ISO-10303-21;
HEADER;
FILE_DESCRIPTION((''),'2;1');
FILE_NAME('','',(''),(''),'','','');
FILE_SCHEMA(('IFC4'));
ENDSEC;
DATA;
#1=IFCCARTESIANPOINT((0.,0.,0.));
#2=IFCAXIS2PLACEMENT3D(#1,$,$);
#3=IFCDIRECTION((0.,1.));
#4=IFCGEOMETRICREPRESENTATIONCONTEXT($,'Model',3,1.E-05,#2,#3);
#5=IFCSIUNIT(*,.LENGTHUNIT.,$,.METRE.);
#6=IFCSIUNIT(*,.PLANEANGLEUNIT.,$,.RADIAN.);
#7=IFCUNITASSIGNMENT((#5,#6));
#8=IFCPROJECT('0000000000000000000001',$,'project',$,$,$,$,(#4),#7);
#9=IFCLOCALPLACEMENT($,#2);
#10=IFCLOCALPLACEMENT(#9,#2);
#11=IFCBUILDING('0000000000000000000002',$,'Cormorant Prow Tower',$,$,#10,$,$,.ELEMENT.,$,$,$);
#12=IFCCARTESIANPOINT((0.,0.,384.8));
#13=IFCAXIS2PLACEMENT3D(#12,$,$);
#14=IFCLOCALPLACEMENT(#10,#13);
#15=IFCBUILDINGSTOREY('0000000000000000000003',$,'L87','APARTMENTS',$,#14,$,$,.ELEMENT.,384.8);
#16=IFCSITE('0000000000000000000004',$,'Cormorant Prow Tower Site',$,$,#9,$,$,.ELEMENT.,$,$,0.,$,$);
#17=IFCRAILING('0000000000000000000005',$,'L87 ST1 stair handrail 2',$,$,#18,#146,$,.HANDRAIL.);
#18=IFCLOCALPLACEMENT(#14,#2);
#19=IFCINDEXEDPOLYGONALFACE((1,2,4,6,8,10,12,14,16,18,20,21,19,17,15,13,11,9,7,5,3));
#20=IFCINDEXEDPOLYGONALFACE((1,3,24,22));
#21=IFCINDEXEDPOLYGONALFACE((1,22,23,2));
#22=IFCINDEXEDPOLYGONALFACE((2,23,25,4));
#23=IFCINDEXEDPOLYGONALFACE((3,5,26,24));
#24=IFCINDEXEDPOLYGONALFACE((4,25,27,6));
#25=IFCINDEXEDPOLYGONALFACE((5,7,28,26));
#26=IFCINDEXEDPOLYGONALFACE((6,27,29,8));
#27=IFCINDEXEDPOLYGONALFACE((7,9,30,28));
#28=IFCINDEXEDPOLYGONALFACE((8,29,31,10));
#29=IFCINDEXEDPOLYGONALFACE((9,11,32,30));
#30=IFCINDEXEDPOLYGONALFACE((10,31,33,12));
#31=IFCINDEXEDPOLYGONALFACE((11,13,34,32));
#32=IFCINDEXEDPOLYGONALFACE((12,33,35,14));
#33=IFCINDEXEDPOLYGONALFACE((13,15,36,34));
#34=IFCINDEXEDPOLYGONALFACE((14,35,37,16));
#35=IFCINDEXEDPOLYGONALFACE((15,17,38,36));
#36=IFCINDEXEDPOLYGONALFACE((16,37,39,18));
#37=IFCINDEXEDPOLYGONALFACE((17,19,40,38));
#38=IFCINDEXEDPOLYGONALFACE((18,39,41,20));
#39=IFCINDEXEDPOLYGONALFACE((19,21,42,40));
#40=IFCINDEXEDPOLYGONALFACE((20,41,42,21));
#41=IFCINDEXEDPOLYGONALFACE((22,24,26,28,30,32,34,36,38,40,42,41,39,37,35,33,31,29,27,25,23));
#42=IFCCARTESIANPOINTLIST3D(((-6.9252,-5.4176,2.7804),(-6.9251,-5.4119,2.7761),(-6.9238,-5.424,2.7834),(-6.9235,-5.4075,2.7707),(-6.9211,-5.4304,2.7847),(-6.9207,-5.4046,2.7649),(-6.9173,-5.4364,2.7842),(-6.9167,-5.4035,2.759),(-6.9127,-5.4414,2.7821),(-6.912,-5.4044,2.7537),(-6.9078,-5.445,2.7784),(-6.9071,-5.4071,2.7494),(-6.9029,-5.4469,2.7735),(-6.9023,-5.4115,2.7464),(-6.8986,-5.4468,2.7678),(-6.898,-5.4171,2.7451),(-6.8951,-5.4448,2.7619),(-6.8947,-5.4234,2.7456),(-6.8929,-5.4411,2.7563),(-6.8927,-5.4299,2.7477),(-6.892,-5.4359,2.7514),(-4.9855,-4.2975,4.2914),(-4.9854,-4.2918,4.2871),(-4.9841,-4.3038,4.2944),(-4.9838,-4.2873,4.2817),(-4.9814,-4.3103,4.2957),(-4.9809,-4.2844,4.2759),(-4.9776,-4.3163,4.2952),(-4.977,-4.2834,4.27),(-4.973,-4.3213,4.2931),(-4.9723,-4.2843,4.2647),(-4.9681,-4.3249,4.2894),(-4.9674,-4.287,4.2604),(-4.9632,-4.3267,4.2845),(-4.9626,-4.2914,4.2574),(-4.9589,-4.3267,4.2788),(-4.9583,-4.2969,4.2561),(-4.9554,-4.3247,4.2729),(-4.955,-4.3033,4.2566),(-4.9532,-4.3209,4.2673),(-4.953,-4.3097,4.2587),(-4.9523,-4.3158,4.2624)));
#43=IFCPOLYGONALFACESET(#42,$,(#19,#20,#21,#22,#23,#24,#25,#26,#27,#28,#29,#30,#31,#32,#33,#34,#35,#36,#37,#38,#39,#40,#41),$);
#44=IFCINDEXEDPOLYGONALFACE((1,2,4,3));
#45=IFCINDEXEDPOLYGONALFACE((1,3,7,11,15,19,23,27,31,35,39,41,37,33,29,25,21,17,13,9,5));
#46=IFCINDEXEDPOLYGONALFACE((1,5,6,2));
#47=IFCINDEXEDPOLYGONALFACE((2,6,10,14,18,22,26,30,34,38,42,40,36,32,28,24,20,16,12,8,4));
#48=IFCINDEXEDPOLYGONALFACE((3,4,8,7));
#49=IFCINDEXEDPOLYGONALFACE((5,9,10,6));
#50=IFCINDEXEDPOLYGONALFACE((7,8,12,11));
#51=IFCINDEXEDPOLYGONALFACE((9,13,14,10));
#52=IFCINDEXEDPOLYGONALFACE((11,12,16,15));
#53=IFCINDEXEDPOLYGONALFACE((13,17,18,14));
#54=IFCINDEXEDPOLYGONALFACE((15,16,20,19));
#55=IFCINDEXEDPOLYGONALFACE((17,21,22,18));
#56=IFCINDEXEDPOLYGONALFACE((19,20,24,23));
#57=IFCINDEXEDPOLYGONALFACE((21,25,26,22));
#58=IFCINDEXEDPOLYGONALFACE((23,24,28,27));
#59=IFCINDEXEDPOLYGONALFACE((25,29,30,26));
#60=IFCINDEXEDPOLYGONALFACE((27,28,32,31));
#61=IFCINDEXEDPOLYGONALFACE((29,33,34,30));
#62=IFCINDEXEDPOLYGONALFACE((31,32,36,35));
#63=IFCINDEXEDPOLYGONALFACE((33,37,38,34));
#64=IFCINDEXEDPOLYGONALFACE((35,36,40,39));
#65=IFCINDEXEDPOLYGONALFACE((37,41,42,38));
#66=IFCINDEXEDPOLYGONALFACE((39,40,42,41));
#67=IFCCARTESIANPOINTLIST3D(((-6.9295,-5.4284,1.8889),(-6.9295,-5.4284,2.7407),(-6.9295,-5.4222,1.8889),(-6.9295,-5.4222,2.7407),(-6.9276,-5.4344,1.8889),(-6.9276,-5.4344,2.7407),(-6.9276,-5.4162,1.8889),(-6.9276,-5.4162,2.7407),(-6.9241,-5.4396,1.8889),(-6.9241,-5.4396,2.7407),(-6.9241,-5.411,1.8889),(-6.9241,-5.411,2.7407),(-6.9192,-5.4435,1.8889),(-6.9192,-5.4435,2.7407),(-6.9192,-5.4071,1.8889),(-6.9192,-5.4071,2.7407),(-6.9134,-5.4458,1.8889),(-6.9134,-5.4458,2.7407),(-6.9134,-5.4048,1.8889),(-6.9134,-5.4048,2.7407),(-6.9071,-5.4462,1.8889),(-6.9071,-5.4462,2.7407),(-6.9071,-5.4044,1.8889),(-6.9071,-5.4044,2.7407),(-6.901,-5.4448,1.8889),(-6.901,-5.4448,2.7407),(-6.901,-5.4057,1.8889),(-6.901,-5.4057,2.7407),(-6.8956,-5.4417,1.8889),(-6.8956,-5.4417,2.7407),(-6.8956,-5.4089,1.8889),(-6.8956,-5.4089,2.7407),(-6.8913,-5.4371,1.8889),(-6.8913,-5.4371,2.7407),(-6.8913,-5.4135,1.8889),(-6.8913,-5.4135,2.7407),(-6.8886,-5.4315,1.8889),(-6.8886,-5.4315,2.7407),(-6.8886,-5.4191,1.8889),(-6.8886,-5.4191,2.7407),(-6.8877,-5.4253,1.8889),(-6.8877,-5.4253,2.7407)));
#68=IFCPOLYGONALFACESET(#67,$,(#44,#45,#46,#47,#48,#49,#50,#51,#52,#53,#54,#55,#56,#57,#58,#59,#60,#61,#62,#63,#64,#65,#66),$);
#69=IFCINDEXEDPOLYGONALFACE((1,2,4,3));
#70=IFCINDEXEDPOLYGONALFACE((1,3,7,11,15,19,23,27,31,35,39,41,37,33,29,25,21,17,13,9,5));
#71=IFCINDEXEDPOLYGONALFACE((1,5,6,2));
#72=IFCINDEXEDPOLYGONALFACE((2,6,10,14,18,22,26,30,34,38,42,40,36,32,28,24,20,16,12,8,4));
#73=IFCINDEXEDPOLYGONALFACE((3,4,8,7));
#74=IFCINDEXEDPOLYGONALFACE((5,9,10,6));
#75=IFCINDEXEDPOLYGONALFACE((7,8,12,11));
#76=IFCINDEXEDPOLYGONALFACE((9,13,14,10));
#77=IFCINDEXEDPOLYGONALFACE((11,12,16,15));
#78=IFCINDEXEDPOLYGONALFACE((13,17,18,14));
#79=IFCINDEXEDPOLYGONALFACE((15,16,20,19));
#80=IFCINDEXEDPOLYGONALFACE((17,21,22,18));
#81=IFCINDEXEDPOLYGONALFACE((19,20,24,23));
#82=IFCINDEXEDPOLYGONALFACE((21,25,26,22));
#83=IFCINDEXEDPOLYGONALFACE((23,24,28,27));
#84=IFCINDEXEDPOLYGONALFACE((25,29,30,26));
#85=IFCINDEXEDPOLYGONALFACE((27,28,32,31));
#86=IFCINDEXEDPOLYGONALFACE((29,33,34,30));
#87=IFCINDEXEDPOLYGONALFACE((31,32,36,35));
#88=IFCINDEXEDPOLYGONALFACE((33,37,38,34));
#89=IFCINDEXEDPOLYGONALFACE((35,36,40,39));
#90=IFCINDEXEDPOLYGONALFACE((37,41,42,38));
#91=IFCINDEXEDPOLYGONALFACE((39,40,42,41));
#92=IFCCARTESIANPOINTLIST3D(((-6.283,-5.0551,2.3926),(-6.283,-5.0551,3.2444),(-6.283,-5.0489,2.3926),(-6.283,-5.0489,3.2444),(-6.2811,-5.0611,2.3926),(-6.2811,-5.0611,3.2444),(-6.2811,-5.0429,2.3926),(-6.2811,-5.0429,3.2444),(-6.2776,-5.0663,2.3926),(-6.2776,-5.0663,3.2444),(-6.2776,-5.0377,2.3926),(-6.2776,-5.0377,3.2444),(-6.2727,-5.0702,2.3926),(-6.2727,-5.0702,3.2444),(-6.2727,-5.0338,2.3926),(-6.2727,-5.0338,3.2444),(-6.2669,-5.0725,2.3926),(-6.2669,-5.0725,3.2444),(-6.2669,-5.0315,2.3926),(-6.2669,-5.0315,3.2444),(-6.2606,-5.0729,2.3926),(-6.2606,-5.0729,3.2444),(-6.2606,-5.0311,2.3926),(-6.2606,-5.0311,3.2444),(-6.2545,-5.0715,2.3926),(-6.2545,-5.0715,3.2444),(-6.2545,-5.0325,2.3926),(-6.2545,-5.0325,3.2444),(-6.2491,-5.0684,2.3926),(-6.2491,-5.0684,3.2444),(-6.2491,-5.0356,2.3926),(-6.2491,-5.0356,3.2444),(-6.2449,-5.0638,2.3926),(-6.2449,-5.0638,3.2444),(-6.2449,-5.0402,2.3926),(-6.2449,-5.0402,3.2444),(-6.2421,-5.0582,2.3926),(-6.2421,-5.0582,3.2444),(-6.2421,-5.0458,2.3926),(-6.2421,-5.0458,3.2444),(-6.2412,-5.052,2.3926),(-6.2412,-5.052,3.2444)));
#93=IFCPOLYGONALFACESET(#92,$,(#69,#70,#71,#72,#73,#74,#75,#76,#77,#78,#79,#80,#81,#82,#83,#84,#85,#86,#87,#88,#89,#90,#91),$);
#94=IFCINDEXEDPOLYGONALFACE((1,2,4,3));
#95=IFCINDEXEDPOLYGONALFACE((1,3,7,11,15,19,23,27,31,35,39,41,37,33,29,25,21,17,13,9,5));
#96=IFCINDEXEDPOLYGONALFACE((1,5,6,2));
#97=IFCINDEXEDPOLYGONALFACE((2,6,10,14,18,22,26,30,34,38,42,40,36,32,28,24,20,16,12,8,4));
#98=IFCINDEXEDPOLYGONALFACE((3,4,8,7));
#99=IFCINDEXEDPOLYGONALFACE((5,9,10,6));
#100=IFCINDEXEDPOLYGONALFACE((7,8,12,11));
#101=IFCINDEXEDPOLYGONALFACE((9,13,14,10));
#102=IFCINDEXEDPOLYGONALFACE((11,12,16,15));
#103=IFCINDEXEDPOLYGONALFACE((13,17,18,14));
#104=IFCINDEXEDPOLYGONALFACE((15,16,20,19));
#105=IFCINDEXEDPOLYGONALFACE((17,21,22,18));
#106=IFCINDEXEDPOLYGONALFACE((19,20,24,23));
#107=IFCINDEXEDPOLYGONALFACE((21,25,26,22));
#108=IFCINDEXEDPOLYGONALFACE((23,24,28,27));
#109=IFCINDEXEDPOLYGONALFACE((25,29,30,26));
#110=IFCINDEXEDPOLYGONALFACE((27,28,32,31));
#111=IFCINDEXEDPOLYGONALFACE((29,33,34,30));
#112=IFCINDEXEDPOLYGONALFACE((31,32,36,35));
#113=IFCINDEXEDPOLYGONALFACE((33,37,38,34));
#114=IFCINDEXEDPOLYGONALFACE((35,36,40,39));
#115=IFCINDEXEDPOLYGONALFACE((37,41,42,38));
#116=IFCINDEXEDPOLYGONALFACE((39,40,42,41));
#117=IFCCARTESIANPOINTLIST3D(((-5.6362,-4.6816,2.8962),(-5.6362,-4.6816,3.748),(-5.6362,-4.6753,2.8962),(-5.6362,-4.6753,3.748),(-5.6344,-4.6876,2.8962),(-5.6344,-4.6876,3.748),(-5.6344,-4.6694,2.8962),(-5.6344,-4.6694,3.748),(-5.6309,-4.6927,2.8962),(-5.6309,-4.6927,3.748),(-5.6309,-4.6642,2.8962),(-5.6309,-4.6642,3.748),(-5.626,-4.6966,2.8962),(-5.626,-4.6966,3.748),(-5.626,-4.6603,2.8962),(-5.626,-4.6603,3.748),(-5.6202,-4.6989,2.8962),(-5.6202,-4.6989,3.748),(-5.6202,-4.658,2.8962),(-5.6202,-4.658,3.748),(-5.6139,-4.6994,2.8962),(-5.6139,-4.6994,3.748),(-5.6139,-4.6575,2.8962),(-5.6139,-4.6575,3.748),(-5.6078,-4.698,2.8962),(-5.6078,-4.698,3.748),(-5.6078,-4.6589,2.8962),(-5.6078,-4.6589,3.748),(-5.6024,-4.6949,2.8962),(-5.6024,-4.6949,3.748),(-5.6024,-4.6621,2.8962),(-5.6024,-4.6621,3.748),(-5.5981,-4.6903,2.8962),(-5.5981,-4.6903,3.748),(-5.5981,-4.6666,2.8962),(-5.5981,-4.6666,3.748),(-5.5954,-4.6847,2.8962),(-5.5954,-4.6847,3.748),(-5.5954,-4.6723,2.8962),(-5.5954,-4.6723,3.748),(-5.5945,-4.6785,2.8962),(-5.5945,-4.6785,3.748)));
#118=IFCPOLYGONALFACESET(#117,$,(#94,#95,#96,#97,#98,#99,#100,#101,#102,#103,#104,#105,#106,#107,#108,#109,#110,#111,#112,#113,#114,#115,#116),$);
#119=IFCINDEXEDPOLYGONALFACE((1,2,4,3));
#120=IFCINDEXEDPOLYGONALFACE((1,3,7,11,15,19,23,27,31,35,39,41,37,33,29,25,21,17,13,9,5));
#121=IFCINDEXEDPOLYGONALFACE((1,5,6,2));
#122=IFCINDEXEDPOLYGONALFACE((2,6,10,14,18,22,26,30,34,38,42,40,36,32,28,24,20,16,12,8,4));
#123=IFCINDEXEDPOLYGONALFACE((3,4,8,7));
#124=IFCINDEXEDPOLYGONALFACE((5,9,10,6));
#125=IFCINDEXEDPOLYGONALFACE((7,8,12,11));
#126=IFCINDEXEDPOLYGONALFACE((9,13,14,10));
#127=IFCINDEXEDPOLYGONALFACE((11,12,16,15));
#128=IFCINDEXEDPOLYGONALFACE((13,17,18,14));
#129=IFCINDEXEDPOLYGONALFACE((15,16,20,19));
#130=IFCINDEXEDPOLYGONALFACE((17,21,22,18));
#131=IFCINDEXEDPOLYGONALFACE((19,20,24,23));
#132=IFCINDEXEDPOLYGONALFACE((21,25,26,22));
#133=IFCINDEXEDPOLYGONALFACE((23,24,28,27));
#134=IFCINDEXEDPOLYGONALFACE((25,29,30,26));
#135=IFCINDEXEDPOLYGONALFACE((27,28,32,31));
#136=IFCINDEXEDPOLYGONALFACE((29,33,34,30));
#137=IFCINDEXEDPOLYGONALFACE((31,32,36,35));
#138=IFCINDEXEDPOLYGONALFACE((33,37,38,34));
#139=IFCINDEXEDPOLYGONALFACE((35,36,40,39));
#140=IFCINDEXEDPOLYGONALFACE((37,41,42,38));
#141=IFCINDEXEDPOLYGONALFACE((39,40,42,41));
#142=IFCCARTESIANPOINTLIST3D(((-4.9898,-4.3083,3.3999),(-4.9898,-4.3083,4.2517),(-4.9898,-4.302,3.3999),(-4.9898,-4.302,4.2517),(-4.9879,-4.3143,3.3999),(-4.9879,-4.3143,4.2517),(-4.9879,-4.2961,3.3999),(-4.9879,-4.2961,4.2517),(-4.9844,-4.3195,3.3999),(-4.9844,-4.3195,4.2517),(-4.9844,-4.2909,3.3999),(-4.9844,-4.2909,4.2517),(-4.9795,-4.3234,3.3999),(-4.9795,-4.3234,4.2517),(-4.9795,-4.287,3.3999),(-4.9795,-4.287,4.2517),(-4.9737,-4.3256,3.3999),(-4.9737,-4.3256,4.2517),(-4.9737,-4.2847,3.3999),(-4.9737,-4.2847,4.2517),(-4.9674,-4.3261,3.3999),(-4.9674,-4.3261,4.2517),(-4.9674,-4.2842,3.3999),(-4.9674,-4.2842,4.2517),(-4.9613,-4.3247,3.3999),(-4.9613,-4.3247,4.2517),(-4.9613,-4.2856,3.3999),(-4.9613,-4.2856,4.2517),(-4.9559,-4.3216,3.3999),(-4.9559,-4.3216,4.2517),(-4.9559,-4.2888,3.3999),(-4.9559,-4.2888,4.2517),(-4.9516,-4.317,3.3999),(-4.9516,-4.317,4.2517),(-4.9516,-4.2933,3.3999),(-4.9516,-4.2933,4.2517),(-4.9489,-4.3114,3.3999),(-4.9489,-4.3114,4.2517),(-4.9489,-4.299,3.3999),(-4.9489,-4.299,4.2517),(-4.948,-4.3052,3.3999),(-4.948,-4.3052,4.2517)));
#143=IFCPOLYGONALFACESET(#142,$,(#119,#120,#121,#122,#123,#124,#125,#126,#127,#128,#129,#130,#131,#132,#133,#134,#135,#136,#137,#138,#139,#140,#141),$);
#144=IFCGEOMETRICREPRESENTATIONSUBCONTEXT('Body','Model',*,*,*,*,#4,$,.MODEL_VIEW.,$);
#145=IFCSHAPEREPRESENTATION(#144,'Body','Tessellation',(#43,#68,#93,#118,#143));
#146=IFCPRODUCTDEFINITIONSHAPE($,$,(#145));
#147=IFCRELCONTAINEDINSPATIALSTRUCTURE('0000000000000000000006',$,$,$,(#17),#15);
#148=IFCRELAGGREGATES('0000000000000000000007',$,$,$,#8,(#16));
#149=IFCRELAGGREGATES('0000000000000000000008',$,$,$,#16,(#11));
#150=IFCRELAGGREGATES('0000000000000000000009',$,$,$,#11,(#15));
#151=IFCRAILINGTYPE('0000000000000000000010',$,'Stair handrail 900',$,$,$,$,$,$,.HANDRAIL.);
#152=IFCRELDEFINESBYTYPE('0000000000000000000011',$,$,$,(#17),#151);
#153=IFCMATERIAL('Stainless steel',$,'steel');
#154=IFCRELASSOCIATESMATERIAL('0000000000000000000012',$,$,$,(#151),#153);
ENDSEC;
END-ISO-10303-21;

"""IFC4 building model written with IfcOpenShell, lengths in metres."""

from ifc_helpers import new_model, si_unit, direction, frame, origin, origin_2d, place, context, subcontext, project, spatial, circle, extrude, material, type_object, element, save


model = new_model("IFC4")

# Units and contexts
model_context = context("Model", 3, precision=1e-05, world=origin(), true_north=direction((0.0, 1.0)))
body_context = subcontext(model_context, "Body", "Model", "MODEL_VIEW")
ifc_project = project(units=[si_unit("LENGTHUNIT", "METRE"), si_unit("PLANEANGLEUNIT", "RADIAN")], contexts=[model_context])

# Site, building, storey
site_placement = place(None, origin())
site = spatial("IfcSite", under=ifc_project, at=site_placement, Name="Cormorant Prow Tower Site", CompositionType="ELEMENT", RefElevation=0.0)
building_placement = place(site_placement, origin())
building = spatial("IfcBuilding", under=site, at=building_placement, Name="Cormorant Prow Tower", CompositionType="ELEMENT")
storey_placement = place(building_placement, frame((0.0, 0.0, 384.8)))
storey = spatial("IfcBuildingStorey", under=building, at=storey_placement, Name="L87", Description="APARTMENTS", CompositionType="ELEMENT", Elevation=384.8)

# Railing
ifc_material_1 = material(Name="Stainless steel", Category="steel")
railing_type_1 = type_object("IfcRailingType", Name="Stair handrail 900", PredefinedType="HANDRAIL", material=ifc_material_1)
railing_1_placement = place(storey_placement, frame((-6.9087, -5.4253, 1.8889)))
element("IfcRailing", 1, at=railing_1_placement, inside=storey, type_object=railing_type_1, Name="L87 ST1 stair handrail 2", PredefinedType="HANDRAIL", context=body_context, shape_type="SweptSolid", body=[
    extrude(circle(Radius=0.0239, at=origin_2d()), frame((0.0, 0.0, 0.876), z_axis=(0.717906, 0.414569, 0.559235), x_axis=(-0.500078, 0.86598, 0.0)), (0.0, 0.0, 1.0), 2.7019),
    extrude(circle(Radius=0.021, at=origin_2d()), origin(), (0.0, 0.0, 1.0), 0.8518),
    extrude(circle(Radius=0.021, at=origin_2d()), frame((0.6465, 0.3733, 0.5037)), (0.0, 0.0, 1.0), 0.8518),
    extrude(circle(Radius=0.021, at=origin_2d()), frame((1.2932, 0.7468, 1.0073)), (0.0, 0.0, 1.0), 0.8518),
    extrude(circle(Radius=0.021, at=origin_2d()), frame((1.9397, 1.1201, 1.511)), (0.0, 0.0, 1.0), 0.8518),
])

save(model, "model.ifc")
